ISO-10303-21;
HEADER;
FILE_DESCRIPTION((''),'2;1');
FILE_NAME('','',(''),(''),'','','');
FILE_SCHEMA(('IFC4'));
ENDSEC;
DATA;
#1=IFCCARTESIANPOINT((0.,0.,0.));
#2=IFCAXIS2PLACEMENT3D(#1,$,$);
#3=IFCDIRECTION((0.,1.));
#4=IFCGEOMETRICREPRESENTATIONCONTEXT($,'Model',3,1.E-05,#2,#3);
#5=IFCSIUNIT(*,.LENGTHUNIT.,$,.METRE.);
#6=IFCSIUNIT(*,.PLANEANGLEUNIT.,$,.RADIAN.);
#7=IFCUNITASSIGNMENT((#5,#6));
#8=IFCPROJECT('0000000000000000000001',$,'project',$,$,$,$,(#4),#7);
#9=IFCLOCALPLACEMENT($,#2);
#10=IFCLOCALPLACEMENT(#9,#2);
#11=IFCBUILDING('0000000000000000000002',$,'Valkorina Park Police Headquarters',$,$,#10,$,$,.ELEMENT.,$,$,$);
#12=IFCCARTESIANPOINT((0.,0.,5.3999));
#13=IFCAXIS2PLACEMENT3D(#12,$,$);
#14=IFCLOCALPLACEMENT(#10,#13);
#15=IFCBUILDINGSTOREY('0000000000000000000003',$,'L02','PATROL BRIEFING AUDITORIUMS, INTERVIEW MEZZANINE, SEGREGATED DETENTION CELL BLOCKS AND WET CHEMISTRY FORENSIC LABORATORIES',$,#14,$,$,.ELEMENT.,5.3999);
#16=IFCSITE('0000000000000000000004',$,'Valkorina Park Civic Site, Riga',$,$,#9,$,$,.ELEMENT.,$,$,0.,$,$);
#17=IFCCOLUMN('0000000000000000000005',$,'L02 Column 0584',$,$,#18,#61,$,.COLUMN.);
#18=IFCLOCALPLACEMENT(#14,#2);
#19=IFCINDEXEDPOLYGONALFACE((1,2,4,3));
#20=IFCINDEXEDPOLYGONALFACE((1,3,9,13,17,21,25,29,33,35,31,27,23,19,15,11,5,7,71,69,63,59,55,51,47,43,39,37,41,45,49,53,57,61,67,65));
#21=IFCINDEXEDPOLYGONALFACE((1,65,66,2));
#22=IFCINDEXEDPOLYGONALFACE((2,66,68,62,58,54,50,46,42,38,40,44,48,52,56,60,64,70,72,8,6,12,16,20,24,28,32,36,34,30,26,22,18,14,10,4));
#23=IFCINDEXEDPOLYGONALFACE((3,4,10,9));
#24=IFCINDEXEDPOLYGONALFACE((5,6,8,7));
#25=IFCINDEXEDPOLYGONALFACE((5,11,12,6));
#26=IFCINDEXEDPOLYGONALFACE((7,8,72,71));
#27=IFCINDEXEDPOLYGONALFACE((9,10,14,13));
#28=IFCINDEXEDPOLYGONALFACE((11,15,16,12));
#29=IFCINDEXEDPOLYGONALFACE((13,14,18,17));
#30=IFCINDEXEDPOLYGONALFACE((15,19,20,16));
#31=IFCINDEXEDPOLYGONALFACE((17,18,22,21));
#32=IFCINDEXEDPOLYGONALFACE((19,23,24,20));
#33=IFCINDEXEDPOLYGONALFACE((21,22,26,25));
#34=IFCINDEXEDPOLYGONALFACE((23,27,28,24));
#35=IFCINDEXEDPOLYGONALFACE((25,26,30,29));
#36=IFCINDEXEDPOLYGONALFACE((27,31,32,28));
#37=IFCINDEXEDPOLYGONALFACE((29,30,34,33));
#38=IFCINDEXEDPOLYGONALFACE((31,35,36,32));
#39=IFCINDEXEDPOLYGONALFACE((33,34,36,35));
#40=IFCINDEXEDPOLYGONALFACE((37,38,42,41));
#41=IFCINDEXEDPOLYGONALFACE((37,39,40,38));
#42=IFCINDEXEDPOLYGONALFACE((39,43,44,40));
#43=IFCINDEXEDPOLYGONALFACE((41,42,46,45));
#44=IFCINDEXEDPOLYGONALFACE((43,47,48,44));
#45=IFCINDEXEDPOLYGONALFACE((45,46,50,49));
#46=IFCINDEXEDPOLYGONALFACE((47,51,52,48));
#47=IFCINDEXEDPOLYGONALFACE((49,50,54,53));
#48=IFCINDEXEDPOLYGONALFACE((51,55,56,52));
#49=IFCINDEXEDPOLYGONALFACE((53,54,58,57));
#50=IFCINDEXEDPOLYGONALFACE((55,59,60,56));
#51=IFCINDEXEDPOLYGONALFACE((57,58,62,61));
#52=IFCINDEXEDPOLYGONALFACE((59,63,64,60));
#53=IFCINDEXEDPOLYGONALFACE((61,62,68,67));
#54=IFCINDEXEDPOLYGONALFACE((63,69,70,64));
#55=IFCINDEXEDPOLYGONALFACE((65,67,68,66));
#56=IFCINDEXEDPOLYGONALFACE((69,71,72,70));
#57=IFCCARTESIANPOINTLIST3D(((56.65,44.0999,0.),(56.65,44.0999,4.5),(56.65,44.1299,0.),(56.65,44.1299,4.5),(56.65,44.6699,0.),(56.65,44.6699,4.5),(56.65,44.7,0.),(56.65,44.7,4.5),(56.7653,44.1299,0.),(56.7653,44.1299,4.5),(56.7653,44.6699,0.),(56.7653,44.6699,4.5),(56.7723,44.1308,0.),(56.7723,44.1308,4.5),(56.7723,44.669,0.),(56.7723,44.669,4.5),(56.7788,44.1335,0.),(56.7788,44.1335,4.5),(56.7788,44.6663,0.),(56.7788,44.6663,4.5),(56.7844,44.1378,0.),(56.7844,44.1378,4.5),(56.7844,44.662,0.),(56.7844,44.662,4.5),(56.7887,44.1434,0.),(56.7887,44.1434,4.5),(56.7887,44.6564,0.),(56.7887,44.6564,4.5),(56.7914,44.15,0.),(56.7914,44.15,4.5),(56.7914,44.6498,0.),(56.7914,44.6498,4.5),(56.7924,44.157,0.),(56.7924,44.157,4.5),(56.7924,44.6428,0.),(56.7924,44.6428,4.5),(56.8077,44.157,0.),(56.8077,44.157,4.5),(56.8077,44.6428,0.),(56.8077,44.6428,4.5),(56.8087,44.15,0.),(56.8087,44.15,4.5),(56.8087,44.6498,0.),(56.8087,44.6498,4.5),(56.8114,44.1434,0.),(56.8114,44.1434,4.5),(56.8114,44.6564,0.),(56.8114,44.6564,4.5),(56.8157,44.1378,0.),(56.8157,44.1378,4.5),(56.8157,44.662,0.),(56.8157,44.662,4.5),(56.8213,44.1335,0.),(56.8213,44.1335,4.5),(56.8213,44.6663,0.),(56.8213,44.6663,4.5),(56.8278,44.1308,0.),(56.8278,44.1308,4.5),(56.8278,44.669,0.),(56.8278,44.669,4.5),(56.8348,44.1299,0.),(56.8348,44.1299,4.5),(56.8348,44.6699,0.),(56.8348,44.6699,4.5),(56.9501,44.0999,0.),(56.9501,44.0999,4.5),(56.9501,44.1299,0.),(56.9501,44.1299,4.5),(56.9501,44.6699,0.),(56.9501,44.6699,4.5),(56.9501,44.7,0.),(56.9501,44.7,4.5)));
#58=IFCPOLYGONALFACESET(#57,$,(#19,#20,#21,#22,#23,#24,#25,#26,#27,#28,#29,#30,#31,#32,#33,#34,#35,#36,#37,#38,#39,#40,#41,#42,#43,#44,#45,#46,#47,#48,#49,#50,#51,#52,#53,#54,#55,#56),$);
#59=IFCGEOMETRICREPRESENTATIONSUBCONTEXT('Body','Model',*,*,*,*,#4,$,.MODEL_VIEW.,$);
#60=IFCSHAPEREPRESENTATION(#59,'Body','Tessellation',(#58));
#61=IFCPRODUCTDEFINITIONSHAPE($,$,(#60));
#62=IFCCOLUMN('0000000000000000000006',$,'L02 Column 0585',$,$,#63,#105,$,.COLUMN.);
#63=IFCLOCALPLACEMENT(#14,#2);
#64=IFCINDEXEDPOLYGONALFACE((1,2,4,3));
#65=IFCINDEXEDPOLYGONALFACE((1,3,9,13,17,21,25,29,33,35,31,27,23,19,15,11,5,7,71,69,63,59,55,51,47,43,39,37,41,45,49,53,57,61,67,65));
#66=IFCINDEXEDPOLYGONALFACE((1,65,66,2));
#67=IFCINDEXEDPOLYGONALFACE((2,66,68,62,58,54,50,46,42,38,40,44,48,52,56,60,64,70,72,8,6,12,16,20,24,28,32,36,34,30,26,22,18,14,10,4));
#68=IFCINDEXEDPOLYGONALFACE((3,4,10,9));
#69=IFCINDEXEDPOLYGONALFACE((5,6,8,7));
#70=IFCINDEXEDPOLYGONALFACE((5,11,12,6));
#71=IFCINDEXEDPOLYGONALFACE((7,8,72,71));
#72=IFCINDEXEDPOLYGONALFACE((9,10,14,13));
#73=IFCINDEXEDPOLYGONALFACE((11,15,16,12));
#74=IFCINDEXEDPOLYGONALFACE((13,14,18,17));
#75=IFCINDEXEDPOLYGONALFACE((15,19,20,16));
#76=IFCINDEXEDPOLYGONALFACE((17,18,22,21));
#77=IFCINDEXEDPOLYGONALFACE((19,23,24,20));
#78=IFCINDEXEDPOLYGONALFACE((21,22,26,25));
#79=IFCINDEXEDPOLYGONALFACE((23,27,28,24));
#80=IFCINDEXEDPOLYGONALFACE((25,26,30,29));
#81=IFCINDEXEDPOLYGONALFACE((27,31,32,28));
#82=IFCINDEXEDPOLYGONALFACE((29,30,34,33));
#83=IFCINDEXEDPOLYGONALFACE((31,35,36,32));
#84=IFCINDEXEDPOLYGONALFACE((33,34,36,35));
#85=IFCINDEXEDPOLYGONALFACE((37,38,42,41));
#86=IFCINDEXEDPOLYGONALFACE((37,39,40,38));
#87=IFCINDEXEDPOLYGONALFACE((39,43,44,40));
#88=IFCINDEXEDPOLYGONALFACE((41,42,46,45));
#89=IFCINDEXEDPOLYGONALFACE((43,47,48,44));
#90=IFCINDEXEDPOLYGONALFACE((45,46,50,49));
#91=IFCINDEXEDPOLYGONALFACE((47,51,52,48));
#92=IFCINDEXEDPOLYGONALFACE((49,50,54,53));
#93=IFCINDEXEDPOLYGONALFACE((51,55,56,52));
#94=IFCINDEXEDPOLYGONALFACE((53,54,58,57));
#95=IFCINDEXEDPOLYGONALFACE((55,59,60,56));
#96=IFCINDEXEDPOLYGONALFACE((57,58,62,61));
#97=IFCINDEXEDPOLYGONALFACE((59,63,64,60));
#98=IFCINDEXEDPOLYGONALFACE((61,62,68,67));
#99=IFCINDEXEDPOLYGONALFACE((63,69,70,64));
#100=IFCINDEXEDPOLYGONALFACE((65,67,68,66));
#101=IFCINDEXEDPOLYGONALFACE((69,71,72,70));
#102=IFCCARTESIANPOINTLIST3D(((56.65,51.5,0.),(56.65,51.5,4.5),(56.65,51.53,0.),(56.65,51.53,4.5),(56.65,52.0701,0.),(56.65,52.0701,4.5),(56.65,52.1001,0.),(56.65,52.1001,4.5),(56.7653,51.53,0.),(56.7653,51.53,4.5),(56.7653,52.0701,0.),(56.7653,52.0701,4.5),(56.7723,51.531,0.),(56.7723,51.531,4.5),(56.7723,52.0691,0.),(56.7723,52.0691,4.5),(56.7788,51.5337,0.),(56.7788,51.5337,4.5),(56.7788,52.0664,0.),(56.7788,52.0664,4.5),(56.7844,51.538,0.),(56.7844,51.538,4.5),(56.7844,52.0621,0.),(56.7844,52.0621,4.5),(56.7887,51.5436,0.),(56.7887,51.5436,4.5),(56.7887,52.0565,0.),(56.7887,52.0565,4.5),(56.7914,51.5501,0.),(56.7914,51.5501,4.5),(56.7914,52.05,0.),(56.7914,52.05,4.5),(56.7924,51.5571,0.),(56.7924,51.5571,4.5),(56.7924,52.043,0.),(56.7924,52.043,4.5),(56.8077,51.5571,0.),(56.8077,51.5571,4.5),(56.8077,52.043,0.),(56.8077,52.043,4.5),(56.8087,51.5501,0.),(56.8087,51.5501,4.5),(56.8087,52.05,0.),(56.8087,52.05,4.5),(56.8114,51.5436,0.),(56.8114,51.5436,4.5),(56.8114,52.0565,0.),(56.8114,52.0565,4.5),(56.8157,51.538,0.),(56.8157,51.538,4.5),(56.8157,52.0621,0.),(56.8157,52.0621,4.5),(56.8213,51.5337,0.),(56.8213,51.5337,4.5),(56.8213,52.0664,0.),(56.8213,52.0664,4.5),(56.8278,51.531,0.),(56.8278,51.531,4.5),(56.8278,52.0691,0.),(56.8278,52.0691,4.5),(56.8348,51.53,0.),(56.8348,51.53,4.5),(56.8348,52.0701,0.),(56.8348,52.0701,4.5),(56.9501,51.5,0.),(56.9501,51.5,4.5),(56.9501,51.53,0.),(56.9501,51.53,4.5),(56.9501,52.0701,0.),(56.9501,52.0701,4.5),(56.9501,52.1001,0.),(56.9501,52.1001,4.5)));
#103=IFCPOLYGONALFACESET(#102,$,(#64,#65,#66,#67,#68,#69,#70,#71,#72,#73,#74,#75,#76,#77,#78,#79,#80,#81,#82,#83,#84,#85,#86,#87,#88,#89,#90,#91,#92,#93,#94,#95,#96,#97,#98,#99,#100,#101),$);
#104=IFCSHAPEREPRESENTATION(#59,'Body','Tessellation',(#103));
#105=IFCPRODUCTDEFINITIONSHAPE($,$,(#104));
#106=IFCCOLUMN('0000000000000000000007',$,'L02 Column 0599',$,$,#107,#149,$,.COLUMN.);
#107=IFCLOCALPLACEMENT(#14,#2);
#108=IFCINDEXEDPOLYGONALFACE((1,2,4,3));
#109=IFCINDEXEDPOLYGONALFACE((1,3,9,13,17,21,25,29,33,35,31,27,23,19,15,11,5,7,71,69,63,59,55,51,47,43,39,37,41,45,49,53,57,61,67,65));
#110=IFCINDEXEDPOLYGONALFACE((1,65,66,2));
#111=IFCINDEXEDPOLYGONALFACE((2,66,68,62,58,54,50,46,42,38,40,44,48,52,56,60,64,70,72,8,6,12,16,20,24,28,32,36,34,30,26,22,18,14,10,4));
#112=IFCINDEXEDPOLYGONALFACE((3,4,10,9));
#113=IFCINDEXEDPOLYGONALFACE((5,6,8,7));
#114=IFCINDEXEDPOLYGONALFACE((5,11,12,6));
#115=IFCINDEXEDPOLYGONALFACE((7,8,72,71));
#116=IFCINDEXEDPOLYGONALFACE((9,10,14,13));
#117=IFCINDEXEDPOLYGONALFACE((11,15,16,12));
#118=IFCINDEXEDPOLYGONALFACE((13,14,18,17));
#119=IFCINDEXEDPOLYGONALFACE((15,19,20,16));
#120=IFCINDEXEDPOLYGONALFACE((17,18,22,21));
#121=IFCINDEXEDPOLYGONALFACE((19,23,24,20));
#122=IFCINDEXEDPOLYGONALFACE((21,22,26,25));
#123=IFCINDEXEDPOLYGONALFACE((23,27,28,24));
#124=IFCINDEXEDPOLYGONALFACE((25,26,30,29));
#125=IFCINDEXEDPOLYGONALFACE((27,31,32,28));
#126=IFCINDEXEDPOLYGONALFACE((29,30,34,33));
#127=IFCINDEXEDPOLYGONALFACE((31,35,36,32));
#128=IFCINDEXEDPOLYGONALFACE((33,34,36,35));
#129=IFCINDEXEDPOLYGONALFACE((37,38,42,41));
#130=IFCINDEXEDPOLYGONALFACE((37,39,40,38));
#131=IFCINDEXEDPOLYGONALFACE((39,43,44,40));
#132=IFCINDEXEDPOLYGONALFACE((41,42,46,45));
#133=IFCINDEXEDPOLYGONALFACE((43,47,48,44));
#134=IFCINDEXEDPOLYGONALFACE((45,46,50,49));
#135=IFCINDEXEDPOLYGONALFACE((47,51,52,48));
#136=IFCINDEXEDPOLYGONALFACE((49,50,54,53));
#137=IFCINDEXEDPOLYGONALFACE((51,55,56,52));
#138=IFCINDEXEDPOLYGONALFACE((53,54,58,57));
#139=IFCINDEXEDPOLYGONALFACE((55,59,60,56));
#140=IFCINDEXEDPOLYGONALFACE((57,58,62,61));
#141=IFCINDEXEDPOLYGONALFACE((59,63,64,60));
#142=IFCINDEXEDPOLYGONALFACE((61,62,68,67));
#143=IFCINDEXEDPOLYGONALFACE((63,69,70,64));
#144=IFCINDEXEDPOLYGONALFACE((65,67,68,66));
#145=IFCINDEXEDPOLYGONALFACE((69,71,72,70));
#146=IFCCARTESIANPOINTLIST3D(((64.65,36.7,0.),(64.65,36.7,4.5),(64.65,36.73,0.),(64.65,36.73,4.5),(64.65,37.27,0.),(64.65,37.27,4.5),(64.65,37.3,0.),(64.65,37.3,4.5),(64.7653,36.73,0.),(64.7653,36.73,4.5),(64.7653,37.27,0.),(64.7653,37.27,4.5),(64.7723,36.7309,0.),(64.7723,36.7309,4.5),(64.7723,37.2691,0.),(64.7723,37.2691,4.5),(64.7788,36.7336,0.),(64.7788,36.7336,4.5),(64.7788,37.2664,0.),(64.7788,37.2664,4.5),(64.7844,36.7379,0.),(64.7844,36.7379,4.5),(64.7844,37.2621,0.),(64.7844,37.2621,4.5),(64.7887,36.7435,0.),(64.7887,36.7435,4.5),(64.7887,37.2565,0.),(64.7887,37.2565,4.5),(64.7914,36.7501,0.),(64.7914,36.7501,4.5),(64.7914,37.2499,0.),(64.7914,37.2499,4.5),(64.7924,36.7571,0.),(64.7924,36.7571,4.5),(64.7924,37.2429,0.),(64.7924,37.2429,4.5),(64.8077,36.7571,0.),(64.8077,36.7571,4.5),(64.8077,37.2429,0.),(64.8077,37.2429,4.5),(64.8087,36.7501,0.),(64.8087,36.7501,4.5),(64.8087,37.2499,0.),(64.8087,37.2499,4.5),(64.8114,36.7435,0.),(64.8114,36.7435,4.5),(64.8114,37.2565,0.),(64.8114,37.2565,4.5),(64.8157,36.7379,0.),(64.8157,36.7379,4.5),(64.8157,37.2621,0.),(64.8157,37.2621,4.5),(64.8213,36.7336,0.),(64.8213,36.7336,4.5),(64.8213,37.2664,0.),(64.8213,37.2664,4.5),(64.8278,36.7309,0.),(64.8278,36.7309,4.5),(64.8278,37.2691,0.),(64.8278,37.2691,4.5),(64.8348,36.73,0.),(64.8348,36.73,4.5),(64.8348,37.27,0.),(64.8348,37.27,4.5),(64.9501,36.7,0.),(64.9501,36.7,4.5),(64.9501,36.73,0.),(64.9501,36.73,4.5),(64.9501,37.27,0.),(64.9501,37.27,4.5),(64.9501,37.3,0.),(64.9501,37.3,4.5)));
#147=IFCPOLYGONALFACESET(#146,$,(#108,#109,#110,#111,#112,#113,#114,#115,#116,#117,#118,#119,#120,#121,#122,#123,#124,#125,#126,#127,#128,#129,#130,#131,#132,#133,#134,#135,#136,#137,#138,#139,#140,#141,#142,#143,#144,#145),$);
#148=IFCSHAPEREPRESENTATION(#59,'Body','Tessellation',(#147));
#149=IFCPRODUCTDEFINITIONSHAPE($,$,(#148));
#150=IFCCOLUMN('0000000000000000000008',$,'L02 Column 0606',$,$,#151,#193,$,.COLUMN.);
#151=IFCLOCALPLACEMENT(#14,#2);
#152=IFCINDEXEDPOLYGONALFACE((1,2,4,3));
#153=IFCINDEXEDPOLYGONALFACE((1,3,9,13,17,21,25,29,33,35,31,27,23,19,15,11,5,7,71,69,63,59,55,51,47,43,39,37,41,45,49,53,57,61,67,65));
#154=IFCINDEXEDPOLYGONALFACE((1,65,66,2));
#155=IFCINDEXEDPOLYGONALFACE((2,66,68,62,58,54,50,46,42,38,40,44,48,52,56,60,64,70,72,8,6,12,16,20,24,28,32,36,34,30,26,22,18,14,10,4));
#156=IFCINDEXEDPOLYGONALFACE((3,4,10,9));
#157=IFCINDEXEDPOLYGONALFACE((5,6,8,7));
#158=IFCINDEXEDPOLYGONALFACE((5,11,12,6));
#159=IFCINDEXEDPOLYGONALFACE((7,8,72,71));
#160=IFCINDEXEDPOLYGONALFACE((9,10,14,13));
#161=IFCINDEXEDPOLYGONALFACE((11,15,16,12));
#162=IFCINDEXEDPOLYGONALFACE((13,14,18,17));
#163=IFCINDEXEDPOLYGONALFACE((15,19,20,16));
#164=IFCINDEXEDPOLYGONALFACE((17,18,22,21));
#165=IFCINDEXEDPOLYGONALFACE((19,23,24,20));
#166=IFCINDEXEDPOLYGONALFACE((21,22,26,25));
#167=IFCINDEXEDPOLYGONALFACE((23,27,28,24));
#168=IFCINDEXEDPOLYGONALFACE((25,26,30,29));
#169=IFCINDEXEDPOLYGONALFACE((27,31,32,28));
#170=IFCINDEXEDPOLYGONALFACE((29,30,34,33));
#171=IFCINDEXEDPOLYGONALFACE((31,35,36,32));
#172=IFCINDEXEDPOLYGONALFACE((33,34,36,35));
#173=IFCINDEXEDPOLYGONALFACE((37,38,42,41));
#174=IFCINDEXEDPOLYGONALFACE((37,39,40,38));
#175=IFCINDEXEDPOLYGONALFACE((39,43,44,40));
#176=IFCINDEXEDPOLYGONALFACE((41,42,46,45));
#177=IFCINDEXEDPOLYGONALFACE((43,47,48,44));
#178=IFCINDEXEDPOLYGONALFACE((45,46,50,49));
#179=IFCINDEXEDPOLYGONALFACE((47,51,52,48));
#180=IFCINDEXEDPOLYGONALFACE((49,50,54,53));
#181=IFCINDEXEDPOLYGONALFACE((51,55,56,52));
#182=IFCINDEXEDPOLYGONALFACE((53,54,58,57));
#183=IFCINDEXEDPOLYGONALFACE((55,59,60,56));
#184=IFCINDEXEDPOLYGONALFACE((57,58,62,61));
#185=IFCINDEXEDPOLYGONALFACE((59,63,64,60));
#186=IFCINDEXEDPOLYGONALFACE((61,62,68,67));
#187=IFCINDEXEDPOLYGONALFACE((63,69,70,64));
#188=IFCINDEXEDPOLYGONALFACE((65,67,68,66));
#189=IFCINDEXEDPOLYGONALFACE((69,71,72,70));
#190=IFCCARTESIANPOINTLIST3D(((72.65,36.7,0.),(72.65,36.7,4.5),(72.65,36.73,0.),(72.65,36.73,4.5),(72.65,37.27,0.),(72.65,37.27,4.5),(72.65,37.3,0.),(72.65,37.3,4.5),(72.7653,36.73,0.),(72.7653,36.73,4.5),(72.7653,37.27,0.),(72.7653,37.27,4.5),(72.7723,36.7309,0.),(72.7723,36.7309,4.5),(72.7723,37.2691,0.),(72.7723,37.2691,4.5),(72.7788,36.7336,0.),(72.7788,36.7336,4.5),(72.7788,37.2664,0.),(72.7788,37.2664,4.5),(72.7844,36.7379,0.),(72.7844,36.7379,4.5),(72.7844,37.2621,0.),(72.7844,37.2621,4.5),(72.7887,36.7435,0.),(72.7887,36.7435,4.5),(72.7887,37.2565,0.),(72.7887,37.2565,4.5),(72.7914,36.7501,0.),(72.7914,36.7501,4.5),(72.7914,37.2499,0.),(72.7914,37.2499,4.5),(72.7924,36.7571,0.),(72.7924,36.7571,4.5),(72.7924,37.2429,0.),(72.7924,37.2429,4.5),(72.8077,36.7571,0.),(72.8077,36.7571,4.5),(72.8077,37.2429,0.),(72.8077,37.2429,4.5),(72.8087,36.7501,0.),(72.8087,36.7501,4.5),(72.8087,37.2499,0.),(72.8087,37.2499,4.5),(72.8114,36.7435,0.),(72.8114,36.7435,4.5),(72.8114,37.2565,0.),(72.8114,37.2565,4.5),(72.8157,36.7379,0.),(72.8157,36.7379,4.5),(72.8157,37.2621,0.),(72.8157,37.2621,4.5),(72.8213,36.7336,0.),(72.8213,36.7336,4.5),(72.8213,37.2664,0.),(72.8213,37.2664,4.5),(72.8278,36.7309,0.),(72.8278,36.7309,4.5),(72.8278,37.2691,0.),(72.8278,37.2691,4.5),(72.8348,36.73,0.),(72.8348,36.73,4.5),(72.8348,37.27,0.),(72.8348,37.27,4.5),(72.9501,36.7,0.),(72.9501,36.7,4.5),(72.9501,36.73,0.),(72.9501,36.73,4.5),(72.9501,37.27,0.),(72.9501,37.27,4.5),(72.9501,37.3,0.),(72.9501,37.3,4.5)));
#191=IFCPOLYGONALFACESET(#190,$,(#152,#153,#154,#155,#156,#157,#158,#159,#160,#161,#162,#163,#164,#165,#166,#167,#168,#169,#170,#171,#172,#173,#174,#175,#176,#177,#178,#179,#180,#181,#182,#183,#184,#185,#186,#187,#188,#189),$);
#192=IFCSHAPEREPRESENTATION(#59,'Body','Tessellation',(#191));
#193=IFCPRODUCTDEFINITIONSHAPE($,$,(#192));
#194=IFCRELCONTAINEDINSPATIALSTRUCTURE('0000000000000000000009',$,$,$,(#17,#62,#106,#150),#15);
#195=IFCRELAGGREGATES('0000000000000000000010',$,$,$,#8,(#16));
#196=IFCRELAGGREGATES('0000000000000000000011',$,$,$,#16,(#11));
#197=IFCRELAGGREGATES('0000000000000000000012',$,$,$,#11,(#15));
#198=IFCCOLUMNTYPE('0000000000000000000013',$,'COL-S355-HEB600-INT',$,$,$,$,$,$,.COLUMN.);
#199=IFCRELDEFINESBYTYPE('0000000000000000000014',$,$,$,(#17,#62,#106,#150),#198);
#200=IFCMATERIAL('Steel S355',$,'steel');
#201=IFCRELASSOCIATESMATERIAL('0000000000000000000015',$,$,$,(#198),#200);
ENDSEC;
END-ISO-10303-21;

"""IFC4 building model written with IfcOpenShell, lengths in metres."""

from ifc_helpers import new_model, si_unit, direction, frame, origin, origin_2d, place, context, subcontext, project, spatial, i_section, extrude, material, material_profile, profile_set, type_object, element, save


model = new_model("IFC4")

# Units and contexts
model_context = context("Model", 3, precision=1e-05, world=origin(), true_north=direction((0.0, 1.0)))
body_context = subcontext(model_context, "Body", "Model", "MODEL_VIEW")
ifc_project = project(units=[si_unit("LENGTHUNIT", "METRE"), si_unit("PLANEANGLEUNIT", "RADIAN")], contexts=[model_context])

# Site, building, storey
site_placement = place(None, origin())
site = spatial("IfcSite", under=ifc_project, at=site_placement, Name="Valkorina Park Civic Site, Riga", CompositionType="ELEMENT", RefElevation=0.0)
building_placement = place(site_placement, origin())
building = spatial("IfcBuilding", under=site, at=building_placement, Name="Valkorina Park Police Headquarters", CompositionType="ELEMENT")
storey_placement = place(building_placement, frame((0.0, 0.0, 5.3999)))
storey = spatial("IfcBuildingStorey", under=building, at=storey_placement, Name="L02", Description="PATROL BRIEFING AUDITORIUMS, INTERVIEW MEZZANINE, SEGREGATED DETENTION CELL BLOCKS AND WET CHEMISTRY FORENSIC LABORATORIES", CompositionType="ELEMENT", Elevation=5.3999)

# Columns
ifc_material_1 = material(Name="Steel S355", Category="steel")
ifc_material_profile_1 = material_profile(ifc_material_1, i_section(OverallWidth=0.3, OverallDepth=0.6001, WebThickness=0.0154, FlangeThickness=0.03, FilletRadius=0.0271, at=origin_2d()), Name="HEB 600")
ifc_profile_set_1 = profile_set([ifc_material_profile_1], Name="Steel S355")
column_type_1 = type_object("IfcColumnType", Name="COL-S355-HEB600-INT", PredefinedType="COLUMN", material=ifc_profile_set_1)
for number, where, z_axis, x_axis, name in (
    (1, (56.8, 44.3999, 0.0), (0.0, 0.0, 1.0), (1.0, 0.0, 0.0), "L02 Column 0584"),
    (2, (56.8, 51.8, 0.0), (0.0, 0.0, 1.0), (1.0, 0.0, 0.0), "L02 Column 0585"),
    (3, (64.8, 37.0, 0.0), (0.0, 0.0, 1.0), (1.0, 0.0, 0.0), "L02 Column 0599"),
    (4, (72.8, 37.0, 0.0), (0.0, 0.0, 1.0), (1.0, 0.0, 0.0), "L02 Column 0606"),
):
    element("IfcColumn", number, at=place(storey_placement, frame(where, z_axis=z_axis, x_axis=x_axis)), inside=storey, type_object=column_type_1, Name=name, PredefinedType="COLUMN", context=body_context, shape_type="SweptSolid", body=[
        extrude(i_section(OverallWidth=0.3, OverallDepth=0.6001, WebThickness=0.0154, FlangeThickness=0.03, FilletRadius=0.0271, at=origin_2d()), origin(), (0.0, 0.0, 1.0), 4.5),
    ])

save(model, "model.ifc")
